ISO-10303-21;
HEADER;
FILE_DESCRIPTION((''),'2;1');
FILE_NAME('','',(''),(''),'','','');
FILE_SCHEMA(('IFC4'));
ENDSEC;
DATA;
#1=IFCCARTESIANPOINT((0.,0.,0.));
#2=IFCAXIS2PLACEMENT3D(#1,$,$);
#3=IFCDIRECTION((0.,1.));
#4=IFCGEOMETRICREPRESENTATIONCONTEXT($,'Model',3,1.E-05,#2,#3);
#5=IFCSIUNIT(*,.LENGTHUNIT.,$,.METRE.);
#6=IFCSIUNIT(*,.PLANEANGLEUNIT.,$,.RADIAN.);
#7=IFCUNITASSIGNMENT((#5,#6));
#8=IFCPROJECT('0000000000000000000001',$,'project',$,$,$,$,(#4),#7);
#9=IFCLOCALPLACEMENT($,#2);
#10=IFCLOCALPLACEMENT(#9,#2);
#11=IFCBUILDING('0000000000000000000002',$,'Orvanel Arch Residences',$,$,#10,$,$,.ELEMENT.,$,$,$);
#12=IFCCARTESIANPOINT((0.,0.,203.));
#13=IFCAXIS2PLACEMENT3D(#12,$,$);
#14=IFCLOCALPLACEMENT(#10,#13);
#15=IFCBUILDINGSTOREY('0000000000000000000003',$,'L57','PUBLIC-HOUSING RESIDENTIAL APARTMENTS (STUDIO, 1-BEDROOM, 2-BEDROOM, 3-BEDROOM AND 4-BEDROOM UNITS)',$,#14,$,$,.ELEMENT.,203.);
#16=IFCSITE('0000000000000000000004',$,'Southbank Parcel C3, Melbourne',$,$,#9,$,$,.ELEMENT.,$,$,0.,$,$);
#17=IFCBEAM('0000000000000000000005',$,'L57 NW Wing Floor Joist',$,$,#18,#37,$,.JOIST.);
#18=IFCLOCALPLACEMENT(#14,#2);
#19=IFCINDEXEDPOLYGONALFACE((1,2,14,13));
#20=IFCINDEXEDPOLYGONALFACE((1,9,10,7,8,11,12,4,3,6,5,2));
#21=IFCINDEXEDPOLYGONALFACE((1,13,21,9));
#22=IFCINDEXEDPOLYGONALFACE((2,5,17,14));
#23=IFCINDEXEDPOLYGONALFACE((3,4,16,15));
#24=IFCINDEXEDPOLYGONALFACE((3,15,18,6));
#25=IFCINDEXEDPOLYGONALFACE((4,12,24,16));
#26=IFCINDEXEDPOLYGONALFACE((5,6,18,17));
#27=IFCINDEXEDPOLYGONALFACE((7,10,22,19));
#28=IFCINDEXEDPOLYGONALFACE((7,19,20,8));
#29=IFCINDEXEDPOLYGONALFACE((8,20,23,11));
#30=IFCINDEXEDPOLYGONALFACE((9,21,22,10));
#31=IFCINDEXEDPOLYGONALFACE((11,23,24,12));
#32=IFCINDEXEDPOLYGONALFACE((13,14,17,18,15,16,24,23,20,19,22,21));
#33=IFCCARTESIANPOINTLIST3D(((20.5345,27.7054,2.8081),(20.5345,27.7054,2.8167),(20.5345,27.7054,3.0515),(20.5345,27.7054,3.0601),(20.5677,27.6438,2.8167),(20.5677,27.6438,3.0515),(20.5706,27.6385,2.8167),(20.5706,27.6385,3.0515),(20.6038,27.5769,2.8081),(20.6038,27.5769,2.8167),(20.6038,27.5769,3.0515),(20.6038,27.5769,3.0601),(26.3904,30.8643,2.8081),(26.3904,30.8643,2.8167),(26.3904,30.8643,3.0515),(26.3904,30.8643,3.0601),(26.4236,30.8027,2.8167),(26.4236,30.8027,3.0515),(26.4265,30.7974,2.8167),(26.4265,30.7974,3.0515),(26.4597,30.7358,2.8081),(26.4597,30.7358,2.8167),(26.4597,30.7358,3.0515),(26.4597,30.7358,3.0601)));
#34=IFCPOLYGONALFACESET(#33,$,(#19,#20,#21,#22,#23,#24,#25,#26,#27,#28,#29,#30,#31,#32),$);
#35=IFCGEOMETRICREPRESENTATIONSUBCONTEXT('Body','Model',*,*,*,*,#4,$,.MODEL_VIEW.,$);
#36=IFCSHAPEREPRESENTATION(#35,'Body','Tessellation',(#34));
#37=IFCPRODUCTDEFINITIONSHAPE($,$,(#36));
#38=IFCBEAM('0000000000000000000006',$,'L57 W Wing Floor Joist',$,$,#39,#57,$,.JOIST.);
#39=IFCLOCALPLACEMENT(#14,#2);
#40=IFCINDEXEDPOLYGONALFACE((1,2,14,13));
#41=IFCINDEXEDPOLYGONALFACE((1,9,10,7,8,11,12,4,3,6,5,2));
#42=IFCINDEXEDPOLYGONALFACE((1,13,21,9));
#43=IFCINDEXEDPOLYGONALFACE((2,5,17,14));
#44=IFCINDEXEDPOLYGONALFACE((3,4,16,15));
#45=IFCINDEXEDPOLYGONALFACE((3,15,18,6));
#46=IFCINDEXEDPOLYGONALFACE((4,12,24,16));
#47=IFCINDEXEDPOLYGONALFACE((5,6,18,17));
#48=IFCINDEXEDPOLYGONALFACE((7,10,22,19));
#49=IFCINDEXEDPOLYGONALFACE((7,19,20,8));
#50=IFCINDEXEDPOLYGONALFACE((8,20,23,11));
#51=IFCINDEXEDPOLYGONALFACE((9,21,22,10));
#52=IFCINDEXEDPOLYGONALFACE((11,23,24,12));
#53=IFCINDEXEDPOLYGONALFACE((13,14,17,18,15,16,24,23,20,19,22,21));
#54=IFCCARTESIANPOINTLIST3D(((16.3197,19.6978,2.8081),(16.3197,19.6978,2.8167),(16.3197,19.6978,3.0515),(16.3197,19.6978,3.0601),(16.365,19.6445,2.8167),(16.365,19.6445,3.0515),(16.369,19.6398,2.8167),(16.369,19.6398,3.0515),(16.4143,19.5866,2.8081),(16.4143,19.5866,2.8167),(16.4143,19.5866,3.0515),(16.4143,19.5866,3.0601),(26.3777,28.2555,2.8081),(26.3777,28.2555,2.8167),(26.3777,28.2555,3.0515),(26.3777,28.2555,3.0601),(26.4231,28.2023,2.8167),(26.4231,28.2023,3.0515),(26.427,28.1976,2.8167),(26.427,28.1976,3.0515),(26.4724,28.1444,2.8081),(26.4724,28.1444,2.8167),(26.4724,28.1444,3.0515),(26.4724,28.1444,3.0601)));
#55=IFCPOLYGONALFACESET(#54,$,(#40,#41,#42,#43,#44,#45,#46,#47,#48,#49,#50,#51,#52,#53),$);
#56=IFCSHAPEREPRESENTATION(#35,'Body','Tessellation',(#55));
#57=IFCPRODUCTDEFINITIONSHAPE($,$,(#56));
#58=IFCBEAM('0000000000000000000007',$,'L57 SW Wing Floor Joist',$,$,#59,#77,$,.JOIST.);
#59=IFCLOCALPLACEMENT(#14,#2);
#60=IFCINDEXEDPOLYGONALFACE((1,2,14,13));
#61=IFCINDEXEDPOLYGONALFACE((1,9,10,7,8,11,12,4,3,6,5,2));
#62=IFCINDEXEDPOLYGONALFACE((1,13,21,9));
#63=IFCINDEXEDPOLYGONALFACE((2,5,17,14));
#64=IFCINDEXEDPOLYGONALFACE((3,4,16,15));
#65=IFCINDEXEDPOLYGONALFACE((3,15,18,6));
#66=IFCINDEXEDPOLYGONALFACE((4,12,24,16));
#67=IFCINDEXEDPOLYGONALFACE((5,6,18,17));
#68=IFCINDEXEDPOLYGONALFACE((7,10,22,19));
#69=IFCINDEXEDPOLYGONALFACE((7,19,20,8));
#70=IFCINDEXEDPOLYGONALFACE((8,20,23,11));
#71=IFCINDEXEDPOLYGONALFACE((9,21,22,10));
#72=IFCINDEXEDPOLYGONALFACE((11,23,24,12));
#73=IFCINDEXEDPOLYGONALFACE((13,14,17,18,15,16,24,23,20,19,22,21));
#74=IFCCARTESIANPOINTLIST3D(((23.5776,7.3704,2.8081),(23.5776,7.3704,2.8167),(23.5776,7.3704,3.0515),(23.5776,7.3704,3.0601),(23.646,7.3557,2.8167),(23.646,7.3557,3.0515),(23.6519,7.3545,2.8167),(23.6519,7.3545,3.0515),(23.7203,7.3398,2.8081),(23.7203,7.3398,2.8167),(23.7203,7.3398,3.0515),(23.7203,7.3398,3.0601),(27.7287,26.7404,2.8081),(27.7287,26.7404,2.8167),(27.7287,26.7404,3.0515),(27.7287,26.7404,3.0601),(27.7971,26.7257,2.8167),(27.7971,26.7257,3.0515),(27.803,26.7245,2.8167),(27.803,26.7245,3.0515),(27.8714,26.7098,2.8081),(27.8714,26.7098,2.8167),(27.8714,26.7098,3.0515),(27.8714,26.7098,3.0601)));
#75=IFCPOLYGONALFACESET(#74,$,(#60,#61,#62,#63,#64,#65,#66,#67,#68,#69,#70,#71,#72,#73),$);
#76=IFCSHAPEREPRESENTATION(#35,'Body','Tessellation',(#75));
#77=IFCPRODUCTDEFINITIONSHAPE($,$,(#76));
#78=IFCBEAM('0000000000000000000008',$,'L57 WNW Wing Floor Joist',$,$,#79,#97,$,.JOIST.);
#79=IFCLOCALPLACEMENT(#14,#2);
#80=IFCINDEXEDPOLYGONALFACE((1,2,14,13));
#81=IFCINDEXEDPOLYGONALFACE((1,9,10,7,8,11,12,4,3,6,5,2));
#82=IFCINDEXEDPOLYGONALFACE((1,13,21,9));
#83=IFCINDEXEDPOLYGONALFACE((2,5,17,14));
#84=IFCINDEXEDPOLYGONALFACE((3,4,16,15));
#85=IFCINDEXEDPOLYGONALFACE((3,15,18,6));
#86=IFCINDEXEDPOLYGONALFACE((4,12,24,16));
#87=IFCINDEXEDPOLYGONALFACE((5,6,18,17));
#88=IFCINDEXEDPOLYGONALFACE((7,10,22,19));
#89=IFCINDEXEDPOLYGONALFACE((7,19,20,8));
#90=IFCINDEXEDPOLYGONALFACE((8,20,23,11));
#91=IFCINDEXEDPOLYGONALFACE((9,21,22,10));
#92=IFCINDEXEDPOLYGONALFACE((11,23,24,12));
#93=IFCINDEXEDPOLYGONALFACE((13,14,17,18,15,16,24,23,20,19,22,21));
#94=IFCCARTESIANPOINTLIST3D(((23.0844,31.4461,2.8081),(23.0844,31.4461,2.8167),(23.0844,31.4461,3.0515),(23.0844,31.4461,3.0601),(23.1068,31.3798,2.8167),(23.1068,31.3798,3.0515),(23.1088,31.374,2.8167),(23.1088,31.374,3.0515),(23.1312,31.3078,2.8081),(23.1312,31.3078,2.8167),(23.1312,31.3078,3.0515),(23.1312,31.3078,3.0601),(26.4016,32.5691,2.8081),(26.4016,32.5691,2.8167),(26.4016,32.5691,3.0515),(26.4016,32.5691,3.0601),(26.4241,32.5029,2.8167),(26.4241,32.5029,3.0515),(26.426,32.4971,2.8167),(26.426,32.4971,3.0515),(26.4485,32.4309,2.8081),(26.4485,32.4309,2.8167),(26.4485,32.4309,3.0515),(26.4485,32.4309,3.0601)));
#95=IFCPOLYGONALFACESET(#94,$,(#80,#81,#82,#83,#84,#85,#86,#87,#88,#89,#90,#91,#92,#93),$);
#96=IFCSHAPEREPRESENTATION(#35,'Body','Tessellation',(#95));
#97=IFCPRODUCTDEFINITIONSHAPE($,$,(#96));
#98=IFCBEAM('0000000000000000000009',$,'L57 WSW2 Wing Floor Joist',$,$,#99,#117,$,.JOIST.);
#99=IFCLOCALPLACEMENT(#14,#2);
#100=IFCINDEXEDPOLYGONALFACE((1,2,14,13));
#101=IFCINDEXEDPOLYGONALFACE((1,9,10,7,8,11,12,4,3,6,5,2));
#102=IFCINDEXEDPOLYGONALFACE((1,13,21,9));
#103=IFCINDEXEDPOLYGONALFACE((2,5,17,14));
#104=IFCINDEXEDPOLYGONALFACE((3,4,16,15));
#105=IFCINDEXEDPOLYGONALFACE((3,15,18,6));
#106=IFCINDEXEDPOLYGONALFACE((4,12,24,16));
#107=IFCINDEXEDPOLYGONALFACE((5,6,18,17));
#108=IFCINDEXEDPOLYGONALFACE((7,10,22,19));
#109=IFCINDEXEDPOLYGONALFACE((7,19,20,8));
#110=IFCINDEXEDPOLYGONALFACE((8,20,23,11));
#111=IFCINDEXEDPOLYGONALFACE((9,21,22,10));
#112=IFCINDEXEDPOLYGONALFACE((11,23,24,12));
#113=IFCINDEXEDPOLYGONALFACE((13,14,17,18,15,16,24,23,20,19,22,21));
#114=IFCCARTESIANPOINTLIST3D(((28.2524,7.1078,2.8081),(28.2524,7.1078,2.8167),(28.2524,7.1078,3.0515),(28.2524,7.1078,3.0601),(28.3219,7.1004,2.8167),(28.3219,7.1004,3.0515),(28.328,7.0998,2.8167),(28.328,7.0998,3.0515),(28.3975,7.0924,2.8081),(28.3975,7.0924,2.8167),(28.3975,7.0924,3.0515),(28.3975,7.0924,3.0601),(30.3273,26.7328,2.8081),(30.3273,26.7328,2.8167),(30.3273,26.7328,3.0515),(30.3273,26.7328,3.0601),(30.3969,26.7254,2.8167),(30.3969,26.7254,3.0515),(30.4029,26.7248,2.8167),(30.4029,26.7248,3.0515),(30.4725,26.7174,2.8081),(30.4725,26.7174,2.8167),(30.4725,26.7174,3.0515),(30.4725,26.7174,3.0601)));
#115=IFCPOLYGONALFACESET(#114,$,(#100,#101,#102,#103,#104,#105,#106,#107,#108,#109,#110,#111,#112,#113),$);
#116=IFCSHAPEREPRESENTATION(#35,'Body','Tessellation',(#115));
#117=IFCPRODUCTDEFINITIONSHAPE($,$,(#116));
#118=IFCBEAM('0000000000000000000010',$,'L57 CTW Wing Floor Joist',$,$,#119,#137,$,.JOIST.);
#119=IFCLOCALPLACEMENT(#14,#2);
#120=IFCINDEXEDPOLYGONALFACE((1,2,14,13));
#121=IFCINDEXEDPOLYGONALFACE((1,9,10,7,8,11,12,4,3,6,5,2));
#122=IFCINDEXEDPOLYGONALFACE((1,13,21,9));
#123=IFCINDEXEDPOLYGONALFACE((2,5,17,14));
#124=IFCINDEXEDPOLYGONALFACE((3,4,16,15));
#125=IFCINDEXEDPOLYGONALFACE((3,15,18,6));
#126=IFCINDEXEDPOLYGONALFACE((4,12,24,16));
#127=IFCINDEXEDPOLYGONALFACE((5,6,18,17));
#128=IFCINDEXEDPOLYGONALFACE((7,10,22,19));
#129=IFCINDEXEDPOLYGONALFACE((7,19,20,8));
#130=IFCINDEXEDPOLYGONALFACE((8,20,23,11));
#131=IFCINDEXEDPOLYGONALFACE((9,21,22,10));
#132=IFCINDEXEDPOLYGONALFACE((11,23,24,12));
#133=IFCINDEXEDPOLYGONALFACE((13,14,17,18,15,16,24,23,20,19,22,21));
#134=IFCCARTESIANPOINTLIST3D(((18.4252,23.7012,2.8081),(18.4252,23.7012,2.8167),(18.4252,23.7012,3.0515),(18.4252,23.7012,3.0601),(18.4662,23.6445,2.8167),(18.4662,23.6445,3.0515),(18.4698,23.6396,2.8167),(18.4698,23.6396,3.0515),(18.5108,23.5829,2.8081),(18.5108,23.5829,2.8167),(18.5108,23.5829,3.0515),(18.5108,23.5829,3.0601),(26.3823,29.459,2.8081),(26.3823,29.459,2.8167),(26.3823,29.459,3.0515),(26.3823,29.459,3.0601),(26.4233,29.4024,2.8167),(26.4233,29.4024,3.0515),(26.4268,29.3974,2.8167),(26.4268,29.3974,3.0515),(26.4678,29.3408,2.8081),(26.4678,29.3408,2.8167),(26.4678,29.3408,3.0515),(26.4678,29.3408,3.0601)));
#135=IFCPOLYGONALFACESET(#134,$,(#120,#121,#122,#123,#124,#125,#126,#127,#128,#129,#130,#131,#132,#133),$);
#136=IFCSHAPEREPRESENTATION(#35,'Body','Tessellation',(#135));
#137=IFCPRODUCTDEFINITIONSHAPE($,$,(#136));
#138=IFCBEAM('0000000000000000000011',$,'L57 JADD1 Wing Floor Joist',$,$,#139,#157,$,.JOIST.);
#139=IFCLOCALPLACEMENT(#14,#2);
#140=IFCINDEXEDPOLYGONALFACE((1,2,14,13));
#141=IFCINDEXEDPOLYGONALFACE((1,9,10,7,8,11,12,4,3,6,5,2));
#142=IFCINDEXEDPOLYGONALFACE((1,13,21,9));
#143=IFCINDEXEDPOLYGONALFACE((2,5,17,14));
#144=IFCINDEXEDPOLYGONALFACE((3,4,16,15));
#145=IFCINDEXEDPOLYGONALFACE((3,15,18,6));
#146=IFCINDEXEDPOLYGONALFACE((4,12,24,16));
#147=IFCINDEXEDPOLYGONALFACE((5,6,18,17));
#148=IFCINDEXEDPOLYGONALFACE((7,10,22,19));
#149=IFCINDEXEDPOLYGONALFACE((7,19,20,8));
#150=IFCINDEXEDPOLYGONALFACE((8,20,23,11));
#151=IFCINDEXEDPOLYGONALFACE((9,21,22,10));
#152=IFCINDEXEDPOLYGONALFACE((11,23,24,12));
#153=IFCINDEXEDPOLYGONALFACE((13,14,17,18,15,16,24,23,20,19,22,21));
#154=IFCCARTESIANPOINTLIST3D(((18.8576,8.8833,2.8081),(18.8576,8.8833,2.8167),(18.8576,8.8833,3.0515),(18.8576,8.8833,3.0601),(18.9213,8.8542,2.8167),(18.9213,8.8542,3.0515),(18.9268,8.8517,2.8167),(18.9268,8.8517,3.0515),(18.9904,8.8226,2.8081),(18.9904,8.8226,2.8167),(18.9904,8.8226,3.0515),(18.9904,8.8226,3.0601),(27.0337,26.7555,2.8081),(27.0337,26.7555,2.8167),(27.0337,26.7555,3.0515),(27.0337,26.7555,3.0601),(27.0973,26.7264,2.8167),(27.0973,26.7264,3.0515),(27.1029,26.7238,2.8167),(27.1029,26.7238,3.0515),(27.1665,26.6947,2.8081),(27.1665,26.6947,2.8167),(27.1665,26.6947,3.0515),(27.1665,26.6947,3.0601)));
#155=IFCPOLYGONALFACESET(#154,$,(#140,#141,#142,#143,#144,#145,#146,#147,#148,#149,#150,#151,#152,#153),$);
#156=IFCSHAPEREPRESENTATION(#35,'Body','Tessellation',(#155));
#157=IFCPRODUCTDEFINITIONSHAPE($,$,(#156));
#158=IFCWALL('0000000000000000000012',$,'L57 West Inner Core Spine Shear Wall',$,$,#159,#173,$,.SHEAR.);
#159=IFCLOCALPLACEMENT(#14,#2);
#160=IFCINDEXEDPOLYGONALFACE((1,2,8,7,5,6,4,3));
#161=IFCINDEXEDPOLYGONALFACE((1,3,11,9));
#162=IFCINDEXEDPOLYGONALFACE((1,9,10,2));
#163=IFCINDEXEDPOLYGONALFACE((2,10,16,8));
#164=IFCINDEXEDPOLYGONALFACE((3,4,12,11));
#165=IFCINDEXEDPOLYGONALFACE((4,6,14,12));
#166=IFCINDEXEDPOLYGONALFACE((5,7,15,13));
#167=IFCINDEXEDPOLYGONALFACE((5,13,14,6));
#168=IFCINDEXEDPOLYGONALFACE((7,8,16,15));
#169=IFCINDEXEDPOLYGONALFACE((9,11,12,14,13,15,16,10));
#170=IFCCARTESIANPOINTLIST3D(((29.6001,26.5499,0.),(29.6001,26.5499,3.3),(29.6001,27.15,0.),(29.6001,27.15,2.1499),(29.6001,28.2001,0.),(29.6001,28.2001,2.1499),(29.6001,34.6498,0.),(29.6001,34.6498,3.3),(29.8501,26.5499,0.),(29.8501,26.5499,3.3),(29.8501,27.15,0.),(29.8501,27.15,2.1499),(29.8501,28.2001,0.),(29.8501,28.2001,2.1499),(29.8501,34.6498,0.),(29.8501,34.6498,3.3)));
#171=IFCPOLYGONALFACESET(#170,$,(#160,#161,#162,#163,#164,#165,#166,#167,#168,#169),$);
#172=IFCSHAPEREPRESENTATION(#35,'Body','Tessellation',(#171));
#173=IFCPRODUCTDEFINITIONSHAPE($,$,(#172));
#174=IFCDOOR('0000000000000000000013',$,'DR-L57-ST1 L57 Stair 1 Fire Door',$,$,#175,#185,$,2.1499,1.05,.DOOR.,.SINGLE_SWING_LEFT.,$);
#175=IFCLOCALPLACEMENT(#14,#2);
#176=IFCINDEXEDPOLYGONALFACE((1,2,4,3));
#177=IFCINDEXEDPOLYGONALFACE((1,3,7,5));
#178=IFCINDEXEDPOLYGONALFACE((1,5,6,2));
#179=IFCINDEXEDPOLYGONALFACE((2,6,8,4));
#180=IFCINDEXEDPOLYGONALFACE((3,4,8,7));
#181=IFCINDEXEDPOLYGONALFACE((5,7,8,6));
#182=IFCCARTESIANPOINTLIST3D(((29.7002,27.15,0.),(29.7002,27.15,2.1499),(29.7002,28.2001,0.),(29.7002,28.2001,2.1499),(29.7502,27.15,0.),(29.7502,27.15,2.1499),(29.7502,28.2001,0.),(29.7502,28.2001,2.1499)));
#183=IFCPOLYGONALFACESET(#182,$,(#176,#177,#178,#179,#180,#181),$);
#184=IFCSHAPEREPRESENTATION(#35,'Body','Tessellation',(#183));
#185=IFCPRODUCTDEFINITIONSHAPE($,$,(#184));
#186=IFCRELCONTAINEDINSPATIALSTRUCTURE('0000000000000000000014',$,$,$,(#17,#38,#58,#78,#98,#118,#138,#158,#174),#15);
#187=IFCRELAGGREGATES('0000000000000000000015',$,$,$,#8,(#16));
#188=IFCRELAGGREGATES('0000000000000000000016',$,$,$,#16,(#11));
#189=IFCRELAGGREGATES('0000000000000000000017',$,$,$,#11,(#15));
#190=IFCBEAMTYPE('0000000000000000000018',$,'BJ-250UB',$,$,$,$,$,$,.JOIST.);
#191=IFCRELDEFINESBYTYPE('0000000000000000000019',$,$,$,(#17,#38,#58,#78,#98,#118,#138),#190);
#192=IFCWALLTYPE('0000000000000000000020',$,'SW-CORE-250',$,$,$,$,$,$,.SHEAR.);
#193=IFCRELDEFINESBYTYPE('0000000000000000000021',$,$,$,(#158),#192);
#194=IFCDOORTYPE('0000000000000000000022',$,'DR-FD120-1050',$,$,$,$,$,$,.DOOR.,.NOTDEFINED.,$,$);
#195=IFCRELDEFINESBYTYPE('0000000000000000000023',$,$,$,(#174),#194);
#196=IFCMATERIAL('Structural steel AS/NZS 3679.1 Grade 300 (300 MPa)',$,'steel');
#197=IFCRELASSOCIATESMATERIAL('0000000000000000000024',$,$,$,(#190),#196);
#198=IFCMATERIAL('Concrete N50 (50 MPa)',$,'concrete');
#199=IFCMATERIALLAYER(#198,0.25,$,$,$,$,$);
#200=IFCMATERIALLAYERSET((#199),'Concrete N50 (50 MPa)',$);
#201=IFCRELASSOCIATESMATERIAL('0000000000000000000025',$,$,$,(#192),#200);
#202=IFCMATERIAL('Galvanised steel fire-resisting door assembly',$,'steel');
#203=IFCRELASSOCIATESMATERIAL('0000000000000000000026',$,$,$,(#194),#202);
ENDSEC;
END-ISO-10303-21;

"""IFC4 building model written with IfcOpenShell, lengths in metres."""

from ifc_helpers import new_model, si_unit, direction, frame, frame_2d, origin, origin_2d, place, context, subcontext, project, spatial, rectangle, i_section, extrude, material, layer, layer_set, material_profile, profile_set, type_object, element, fill, save


model = new_model("IFC4")

# Units and contexts
model_context = context("Model", 3, precision=1e-05, world=origin(), true_north=direction((0.0, 1.0)))
body_context = subcontext(model_context, "Body", "Model", "MODEL_VIEW")
ifc_project = project(units=[si_unit("LENGTHUNIT", "METRE"), si_unit("PLANEANGLEUNIT", "RADIAN")], contexts=[model_context])

# Site, building, storey
site_placement = place(None, origin())
site = spatial("IfcSite", under=ifc_project, at=site_placement, Name="Southbank Parcel C3, Melbourne", CompositionType="ELEMENT", RefElevation=0.0)
building_placement = place(site_placement, origin())
building = spatial("IfcBuilding", under=site, at=building_placement, Name="Orvanel Arch Residences", CompositionType="ELEMENT")
storey_placement = place(building_placement, frame((0.0, 0.0, 203.0)))
storey = spatial("IfcBuildingStorey", under=building, at=storey_placement, Name="L57", Description="PUBLIC-HOUSING RESIDENTIAL APARTMENTS (STUDIO, 1-BEDROOM, 2-BEDROOM, 3-BEDROOM AND 4-BEDROOM UNITS)", CompositionType="ELEMENT", Elevation=203.0)

# Beams
ifc_material_1 = material(Name="Structural steel AS/NZS 3679.1 Grade 300 (300 MPa)", Category="steel")
ifc_material_profile = material_profile(ifc_material_1, i_section(OverallWidth=0.146, OverallDepth=0.252, WebThickness=0.0061, FlangeThickness=0.0085, at=origin_2d()), Name="250UB31.4")
ifc_profile_set = profile_set([ifc_material_profile], Name="Structural steel AS/NZS 3679.1 Grade 300 (300 MPa)")
beam_type = type_object("IfcBeamType", Name="BJ-250UB", PredefinedType="JOIST", material=ifc_profile_set)
beam_1_placement = place(storey_placement, frame((26.425, 30.8, 2.9341), z_axis=(-0.880111, -0.474767, 0.0), x_axis=(0.474767, -0.880111, 0.0)))
element("IfcBeam", 1, at=beam_1_placement, inside=storey, type_object=beam_type, Name="L57 NW Wing Floor Joist", PredefinedType="JOIST", context=body_context, shape_type="SweptSolid", body=[
    extrude(i_section(OverallWidth=0.146, OverallDepth=0.252, WebThickness=0.0061, FlangeThickness=0.0085, at=origin_2d()), origin(), (0.0, 0.0, 1.0), 6.6536),
])
beam_2_placement = place(storey_placement, frame((26.425, 28.2, 2.9341), z_axis=(-0.761623, -0.648021, 0.0), x_axis=(0.648021, -0.761623, 0.0)))
element("IfcBeam", 2, at=beam_2_placement, inside=storey, type_object=beam_type, Name="L57 W Wing Floor Joist", PredefinedType="JOIST", context=body_context, shape_type="SweptSolid", body=[
    extrude(i_section(OverallWidth=0.146, OverallDepth=0.252, WebThickness=0.0061, FlangeThickness=0.0085, at=origin_2d()), origin(), (0.0, 0.0, 1.0), 13.2061),
])
beam_3_placement = place(storey_placement, frame((27.8, 26.7251, 2.9341), z_axis=(-0.209548, -0.977798, 0.0), x_axis=(0.977798, -0.209548, 0.0)))
element("IfcBeam", 3, at=beam_3_placement, inside=storey, type_object=beam_type, Name="L57 SW Wing Floor Joist", PredefinedType="JOIST", context=body_context, shape_type="SweptSolid", body=[
    extrude(i_section(OverallWidth=0.146, OverallDepth=0.252, WebThickness=0.0061, FlangeThickness=0.0085, at=origin_2d()), origin(), (0.0, 0.0, 1.0), 19.8098),
])
beam_4_placement = place(storey_placement, frame((26.425, 32.5, 2.9341), z_axis=(-0.947188, -0.320679, 0.0), x_axis=(0.320679, -0.947188, 0.0)))
element("IfcBeam", 4, at=beam_4_placement, inside=storey, type_object=beam_type, Name="L57 WNW Wing Floor Joist", PredefinedType="JOIST", context=body_context, shape_type="SweptSolid", body=[
    extrude(i_section(OverallWidth=0.146, OverallDepth=0.252, WebThickness=0.0061, FlangeThickness=0.0085, at=origin_2d()), origin(), (0.0, 0.0, 1.0), 3.5022),
])
beam_5_placement = place(storey_placement, frame((30.3999, 26.7251, 2.9341), z_axis=(-0.105144, -0.994457, 0.0), x_axis=(0.994457, -0.105144, 0.0)))
element("IfcBeam", 5, at=beam_5_placement, inside=storey, type_object=beam_type, Name="L57 WSW2 Wing Floor Joist", PredefinedType="JOIST", context=body_context, shape_type="SweptSolid", body=[
    extrude(i_section(OverallWidth=0.146, OverallDepth=0.252, WebThickness=0.0061, FlangeThickness=0.0085, at=origin_2d()), origin(), (0.0, 0.0, 1.0), 19.7344),
])
beam_6_placement = place(storey_placement, frame((26.425, 29.3999, 2.9341), z_axis=(-0.810144, -0.586231, 0.0), x_axis=(0.586231, -0.810144, 0.0)))
element("IfcBeam", 6, at=beam_6_placement, inside=storey, type_object=beam_type, Name="L57 CTW Wing Floor Joist", PredefinedType="JOIST", context=body_context, shape_type="SweptSolid", body=[
    extrude(i_section(OverallWidth=0.146, OverallDepth=0.252, WebThickness=0.0061, FlangeThickness=0.0085, at=origin_2d()), origin(), (0.0, 0.0, 1.0), 9.8218),
])
beam_7_placement = place(storey_placement, frame((27.1001, 26.7251, 2.9341), z_axis=(-0.41601, -0.90936, 0.0), x_axis=(0.90936, -0.41601, 0.0)))
element("IfcBeam", 7, at=beam_7_placement, inside=storey, type_object=beam_type, Name="L57 JADD1 Wing Floor Joist", PredefinedType="JOIST", context=body_context, shape_type="SweptSolid", body=[
    extrude(i_section(OverallWidth=0.146, OverallDepth=0.252, WebThickness=0.0061, FlangeThickness=0.0085, at=origin_2d()), origin(), (0.0, 0.0, 1.0), 19.6536),
])

# Wall, opening, door
ifc_material_2 = material(Name="Concrete N50 (50 MPa)", Category="concrete")
ifc_layer_1 = layer(ifc_material_2, 0.25)
ifc_layer_set_1 = layer_set([ifc_layer_1], Name="Concrete N50 (50 MPa)")
wall_type_1 = type_object("IfcWallType", Name="SW-CORE-250", PredefinedType="SHEAR", material=ifc_layer_set_1)
wall_1_placement = place(storey_placement, frame((29.7251, 26.55, 0.0), z_axis=(0.0, 0.0, 1.0), x_axis=(0.0, 1.0, 0.0)))
wall_1 = element("IfcWall", 8, at=wall_1_placement, inside=storey, type_object=wall_type_1, Name="L57 West Inner Core Spine Shear Wall", PredefinedType="SHEAR", context=body_context, shape_type="SweptSolid", body=[
    extrude(rectangle(XDim=8.0999, YDim=0.25, at=frame_2d((4.0498, 0.0))), origin(), (0.0, 0.0, 1.0), 3.3),
])
opening_placement = place(wall_1_placement, frame((0.6001, 0.0, 0.0)))
opening = element("IfcOpeningElement", 9, at=opening_placement, cuts=wall_1, PredefinedType="OPENING", context=body_context, shape_type="SweptSolid", body=[
    extrude(rectangle(XDim=1.05, YDim=2.1499, at=frame_2d((0.5249, 1.075))), frame((0.0, 0.135, 0.0), z_axis=(0.0, -1.0, 0.0), x_axis=(1.0, 0.0, 0.0)), (0.0, 0.0, 1.0), 0.27),
])
ifc_material_3 = material(Name="Galvanised steel fire-resisting door assembly", Category="steel")
door_type = type_object("IfcDoorType", Name="DR-FD120-1050", OperationType="NOTDEFINED", PredefinedType="DOOR", material=ifc_material_3)
door_placement = place(opening_placement, origin())
door = element("IfcDoor", 10, at=door_placement, inside=storey, type_object=door_type, Name="DR-L57-ST1 L57 Stair 1 Fire Door", OperationType="SINGLE_SWING_LEFT", OverallHeight=2.1499, OverallWidth=1.05, PredefinedType="DOOR", context=body_context, shape_type="SweptSolid", body=[
    extrude(rectangle(XDim=1.05, YDim=2.1499, at=frame_2d((0.5249, 1.075))), frame((0.0, 0.0249, 0.0), z_axis=(0.0, -1.0, 0.0), x_axis=(1.0, 0.0, 0.0)), (0.0, 0.0, 1.0), 0.05),
])
fill(opening, door)

save(model, "model.ifc")
